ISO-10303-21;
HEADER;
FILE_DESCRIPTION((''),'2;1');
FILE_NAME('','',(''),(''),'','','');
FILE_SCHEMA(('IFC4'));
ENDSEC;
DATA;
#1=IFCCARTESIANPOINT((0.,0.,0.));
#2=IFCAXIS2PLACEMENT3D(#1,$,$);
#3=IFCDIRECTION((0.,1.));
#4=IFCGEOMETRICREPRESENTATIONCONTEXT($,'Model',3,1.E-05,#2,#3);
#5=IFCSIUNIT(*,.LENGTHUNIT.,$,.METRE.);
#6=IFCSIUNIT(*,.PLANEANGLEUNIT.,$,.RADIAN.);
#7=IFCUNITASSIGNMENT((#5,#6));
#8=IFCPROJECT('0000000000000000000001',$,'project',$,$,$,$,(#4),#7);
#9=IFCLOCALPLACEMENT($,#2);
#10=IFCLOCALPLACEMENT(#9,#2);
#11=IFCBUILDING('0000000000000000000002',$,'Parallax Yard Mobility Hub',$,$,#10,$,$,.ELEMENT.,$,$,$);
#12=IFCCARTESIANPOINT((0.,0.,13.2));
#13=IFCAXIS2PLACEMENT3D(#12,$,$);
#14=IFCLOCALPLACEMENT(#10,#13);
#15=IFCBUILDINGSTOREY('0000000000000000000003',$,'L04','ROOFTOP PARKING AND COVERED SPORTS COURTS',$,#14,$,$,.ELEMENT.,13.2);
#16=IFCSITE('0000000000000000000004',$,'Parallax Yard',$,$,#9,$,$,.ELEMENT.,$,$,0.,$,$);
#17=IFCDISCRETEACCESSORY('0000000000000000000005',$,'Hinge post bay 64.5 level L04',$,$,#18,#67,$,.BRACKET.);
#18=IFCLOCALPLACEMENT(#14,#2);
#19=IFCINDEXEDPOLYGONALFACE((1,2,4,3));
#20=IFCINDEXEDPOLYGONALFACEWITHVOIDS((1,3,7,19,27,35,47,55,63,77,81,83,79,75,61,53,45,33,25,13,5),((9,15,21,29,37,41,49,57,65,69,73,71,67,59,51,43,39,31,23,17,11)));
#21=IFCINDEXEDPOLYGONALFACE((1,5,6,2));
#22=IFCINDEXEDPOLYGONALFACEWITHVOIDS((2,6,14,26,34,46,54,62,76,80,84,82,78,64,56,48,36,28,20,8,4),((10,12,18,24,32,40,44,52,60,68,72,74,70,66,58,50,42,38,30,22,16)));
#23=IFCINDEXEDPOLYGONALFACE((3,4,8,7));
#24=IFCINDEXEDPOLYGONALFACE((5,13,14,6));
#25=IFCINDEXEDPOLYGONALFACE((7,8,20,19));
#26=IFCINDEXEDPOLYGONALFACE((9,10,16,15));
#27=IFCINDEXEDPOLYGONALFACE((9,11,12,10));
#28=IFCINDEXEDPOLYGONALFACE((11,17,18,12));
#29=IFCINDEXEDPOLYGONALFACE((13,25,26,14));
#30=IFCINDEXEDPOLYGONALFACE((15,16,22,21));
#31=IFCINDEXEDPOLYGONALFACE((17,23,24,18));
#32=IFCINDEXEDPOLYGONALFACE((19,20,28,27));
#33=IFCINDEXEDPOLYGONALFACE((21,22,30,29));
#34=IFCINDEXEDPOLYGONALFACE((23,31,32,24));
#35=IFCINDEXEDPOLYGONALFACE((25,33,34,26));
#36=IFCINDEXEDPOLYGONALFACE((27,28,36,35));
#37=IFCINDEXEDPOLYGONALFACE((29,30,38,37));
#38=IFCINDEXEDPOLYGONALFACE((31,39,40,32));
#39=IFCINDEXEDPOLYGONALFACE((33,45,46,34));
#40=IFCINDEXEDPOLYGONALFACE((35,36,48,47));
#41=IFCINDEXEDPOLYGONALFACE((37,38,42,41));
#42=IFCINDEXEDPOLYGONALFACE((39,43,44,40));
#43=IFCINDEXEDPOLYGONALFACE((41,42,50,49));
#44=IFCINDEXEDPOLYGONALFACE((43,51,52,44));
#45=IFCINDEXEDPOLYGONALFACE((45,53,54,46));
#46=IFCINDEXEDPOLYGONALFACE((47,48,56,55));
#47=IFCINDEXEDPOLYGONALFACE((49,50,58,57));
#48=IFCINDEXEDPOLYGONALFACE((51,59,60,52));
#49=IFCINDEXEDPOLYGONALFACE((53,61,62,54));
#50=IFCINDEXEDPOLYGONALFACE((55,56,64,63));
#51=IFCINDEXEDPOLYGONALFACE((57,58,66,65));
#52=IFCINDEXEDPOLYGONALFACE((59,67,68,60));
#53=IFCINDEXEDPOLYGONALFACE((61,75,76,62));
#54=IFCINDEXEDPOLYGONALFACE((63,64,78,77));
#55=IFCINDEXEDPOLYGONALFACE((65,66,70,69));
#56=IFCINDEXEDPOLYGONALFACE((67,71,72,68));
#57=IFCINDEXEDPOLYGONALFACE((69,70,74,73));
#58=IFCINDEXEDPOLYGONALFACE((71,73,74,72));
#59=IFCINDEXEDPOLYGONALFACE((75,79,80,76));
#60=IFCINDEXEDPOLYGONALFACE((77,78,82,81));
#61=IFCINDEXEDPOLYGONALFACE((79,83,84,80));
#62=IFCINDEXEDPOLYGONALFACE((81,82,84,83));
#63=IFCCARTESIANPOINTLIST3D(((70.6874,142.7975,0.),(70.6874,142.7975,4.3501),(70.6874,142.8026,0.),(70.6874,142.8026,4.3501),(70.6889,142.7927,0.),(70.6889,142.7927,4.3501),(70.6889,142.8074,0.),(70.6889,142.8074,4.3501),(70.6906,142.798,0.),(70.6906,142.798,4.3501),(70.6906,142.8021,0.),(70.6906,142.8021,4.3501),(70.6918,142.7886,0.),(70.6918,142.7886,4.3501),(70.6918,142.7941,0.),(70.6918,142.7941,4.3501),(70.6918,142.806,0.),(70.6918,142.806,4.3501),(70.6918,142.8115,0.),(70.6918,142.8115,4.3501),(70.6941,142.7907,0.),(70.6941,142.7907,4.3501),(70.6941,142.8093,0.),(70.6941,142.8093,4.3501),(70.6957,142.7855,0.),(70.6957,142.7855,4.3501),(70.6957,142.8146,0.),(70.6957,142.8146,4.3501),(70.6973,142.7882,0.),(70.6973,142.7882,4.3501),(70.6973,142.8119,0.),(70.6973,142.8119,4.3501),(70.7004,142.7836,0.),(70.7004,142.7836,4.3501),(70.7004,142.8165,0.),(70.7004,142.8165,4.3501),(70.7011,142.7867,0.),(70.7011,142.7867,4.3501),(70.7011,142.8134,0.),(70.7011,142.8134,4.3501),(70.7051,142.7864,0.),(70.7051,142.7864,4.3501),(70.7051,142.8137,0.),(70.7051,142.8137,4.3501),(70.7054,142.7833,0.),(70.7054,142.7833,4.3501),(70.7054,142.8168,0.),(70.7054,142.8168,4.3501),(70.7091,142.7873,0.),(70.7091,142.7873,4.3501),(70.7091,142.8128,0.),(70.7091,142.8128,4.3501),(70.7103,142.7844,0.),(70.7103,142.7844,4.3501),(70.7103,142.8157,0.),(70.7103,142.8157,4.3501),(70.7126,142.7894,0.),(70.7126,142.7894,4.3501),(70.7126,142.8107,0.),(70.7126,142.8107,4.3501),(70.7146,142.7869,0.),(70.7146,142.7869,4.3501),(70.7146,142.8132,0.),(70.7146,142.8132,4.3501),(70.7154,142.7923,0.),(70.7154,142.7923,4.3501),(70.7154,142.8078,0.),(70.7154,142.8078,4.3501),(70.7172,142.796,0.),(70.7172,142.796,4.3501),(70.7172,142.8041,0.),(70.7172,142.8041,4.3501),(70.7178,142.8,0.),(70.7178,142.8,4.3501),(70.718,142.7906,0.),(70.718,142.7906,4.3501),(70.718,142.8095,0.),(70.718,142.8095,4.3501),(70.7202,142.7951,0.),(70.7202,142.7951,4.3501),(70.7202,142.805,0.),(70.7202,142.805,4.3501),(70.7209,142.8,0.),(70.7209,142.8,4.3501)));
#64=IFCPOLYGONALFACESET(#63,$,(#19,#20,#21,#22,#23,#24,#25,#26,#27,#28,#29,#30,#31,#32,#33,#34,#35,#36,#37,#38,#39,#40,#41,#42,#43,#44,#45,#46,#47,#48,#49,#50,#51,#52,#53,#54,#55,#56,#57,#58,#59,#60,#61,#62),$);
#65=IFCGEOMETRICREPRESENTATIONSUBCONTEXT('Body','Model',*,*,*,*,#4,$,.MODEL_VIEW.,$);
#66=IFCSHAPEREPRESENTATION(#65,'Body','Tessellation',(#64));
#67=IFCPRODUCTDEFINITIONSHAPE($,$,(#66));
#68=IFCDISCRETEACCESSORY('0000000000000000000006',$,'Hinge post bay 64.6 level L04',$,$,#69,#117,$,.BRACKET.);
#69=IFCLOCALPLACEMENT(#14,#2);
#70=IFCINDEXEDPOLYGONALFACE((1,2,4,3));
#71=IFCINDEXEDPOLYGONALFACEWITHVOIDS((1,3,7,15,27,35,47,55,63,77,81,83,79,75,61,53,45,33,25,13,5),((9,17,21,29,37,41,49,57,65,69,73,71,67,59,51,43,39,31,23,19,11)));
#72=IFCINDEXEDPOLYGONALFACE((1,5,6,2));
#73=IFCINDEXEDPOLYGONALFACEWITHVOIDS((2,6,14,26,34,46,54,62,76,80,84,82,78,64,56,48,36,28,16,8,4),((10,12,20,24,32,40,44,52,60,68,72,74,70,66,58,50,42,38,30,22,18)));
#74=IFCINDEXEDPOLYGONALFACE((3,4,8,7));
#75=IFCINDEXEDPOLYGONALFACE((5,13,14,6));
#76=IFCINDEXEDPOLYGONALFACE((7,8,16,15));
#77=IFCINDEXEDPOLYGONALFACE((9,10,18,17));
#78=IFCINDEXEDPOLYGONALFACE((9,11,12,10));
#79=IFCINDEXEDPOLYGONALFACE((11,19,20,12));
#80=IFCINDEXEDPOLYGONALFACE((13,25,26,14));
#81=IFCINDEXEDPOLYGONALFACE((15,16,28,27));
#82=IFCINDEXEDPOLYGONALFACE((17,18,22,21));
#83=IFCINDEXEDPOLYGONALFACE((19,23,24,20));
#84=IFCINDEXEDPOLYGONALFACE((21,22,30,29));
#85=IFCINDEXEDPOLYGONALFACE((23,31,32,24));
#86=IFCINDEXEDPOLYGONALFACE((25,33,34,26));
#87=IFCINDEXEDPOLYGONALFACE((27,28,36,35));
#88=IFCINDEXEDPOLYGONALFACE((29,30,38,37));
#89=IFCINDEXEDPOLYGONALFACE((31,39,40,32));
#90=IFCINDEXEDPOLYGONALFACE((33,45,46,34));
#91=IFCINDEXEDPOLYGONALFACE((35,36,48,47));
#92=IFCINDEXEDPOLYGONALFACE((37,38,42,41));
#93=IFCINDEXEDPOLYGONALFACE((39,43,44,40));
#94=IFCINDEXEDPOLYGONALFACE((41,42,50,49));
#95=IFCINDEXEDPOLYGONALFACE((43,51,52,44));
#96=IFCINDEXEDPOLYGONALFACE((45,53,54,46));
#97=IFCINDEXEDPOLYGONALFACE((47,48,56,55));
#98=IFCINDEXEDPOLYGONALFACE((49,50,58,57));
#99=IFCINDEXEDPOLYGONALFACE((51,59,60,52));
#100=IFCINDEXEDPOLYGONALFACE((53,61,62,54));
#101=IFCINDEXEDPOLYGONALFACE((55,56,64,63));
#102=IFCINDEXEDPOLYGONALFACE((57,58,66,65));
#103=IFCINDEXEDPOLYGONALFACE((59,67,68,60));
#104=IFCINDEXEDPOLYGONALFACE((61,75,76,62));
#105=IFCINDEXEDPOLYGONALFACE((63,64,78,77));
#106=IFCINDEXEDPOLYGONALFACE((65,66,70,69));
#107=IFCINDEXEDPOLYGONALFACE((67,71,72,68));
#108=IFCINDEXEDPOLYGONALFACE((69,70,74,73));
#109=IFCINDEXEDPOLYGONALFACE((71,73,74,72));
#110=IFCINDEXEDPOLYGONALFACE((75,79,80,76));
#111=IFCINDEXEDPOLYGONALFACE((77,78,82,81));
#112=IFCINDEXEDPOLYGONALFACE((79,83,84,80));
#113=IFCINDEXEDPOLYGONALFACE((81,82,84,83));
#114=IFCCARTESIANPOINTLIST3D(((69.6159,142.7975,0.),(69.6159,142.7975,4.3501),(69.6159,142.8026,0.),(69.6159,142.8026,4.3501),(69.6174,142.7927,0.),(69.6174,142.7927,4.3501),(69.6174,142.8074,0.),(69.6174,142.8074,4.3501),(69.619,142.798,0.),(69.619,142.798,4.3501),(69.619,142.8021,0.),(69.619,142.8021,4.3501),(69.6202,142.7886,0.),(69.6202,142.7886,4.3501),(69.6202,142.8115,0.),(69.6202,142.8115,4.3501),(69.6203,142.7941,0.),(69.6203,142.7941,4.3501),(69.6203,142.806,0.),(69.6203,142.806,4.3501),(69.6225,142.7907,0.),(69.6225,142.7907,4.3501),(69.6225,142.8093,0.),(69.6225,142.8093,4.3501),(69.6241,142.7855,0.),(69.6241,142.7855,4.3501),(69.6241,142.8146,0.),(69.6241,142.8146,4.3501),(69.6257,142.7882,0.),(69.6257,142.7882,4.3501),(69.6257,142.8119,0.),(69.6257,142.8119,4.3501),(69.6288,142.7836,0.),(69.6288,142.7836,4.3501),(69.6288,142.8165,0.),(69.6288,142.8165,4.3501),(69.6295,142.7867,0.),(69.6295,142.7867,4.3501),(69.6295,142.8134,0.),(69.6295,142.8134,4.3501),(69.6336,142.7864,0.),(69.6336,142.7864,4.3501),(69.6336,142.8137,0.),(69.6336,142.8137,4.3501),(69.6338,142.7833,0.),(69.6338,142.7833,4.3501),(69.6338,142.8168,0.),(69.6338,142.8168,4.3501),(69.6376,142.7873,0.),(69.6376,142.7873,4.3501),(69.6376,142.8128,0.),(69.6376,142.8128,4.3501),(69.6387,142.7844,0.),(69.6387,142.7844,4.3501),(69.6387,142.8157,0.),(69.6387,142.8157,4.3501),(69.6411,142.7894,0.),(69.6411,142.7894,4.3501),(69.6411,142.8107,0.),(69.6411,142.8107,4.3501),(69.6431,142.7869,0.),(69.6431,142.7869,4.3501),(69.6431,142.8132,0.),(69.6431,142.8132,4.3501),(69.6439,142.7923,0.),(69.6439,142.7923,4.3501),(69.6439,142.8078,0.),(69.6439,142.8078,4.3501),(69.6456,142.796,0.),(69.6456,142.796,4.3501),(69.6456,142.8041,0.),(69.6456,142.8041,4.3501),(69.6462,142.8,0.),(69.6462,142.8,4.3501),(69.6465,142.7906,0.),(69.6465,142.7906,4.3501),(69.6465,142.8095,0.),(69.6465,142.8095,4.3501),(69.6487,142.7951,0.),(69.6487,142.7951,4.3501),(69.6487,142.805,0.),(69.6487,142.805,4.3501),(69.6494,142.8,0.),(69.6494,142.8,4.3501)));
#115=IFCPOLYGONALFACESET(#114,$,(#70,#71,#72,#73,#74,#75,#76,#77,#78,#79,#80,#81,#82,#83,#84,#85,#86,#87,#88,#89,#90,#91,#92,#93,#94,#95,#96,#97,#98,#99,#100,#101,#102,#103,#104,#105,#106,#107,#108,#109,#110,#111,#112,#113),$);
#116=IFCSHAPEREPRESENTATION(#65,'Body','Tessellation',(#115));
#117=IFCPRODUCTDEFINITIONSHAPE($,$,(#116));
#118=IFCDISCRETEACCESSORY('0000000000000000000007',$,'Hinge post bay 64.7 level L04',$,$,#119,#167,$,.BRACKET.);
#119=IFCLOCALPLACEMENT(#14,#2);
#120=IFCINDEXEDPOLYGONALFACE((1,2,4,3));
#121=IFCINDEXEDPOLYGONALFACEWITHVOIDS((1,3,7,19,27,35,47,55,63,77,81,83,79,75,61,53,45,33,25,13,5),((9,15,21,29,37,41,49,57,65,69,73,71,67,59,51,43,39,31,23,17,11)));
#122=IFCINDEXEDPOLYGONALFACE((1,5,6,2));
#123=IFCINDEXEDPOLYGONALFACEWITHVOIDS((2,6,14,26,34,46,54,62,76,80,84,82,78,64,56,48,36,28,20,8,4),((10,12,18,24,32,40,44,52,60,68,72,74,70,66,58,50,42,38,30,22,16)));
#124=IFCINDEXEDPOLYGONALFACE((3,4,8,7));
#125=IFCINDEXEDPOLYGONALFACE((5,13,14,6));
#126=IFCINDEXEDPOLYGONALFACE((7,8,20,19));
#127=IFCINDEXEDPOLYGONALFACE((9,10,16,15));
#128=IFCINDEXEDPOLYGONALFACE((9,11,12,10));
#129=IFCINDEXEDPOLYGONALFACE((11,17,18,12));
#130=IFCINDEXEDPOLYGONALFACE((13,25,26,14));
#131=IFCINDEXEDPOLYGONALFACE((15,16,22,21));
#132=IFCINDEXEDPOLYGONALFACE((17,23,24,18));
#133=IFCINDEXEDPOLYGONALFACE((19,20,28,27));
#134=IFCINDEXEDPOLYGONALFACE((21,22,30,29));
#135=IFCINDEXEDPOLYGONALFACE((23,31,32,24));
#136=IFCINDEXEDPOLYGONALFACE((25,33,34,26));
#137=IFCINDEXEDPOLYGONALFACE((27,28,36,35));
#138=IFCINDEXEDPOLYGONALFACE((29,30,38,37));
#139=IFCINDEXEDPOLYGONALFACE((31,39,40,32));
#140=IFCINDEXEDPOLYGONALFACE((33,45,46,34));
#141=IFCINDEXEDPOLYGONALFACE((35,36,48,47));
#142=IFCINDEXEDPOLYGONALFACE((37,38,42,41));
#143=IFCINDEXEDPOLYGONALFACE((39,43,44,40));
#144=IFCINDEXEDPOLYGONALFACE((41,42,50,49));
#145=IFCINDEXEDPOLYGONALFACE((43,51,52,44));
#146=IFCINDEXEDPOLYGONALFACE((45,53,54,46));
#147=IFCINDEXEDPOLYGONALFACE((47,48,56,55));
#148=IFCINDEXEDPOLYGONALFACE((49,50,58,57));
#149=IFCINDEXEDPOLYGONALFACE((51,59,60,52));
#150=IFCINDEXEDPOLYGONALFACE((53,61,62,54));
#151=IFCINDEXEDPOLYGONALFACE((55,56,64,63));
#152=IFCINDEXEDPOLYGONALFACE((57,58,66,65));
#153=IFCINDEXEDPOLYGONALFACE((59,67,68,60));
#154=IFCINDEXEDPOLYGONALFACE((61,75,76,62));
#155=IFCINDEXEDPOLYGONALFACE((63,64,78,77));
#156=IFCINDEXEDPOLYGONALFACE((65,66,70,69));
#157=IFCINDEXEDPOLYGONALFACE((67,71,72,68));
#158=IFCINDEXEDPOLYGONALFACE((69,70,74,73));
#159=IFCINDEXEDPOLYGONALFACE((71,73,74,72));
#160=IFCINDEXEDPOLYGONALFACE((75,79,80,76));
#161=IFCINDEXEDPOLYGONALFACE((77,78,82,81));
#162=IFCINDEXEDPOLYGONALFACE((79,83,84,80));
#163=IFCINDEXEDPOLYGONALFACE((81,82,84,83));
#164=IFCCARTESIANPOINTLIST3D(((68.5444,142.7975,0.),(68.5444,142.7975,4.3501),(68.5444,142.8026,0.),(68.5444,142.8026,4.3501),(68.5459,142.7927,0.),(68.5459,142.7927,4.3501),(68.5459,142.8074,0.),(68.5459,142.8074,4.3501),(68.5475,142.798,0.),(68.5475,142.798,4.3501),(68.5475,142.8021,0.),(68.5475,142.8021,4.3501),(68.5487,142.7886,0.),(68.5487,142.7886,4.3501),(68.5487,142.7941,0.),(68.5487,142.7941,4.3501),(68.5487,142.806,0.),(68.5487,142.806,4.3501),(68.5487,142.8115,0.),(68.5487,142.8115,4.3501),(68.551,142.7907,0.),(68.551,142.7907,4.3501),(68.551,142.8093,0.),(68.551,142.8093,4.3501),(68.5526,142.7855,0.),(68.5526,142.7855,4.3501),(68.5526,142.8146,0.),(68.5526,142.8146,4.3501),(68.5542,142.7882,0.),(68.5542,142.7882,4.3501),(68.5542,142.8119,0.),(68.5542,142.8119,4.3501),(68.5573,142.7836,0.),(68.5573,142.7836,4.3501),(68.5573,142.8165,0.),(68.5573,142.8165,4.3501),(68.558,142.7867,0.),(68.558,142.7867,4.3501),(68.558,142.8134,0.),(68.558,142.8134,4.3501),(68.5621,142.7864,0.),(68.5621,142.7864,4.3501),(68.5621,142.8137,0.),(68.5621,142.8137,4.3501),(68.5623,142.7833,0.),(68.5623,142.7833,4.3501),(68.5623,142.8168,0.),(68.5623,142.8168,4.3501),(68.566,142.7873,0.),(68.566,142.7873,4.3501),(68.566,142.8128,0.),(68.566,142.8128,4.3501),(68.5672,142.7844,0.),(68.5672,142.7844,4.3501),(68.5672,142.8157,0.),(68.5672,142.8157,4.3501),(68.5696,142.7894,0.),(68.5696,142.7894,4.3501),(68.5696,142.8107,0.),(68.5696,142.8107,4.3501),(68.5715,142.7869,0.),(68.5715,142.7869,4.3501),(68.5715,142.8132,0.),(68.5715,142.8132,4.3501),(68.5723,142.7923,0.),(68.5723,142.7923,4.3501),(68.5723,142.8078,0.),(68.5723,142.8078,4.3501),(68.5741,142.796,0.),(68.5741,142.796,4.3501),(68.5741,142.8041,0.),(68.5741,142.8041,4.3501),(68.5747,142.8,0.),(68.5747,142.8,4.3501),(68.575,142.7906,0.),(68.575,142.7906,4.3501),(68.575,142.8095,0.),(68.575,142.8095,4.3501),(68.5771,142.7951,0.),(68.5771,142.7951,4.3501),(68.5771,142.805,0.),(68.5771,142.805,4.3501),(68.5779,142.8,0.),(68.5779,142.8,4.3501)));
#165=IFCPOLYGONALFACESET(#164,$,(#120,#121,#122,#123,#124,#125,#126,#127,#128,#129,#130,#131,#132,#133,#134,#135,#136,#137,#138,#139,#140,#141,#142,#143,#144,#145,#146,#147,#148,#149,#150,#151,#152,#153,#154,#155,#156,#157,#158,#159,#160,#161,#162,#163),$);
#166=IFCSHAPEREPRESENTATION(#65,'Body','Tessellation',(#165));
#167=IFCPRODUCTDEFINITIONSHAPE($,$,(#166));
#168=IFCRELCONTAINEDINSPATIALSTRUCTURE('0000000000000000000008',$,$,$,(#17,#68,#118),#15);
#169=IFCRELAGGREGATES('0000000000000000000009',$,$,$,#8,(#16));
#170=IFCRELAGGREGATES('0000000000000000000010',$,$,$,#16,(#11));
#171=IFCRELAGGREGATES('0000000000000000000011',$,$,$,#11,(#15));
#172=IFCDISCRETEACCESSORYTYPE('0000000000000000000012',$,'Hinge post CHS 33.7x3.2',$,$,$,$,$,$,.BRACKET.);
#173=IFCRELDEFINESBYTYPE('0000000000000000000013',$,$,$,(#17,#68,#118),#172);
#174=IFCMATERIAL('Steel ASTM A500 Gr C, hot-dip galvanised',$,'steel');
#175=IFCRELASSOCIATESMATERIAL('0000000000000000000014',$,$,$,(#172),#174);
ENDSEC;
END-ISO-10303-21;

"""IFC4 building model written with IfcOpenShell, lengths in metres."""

from ifc_helpers import new_model, si_unit, direction, frame, origin, origin_2d, place, context, subcontext, project, spatial, hollow_circle, extrude, material, material_profile, profile_set, type_object, element, save


model = new_model("IFC4")

# Units and contexts
model_context = context("Model", 3, precision=1e-05, world=origin(), true_north=direction((0.0, 1.0)))
body_context = subcontext(model_context, "Body", "Model", "MODEL_VIEW")
ifc_project = project(units=[si_unit("LENGTHUNIT", "METRE"), si_unit("PLANEANGLEUNIT", "RADIAN")], contexts=[model_context])

# Site, building, storey
site_placement = place(None, origin())
site = spatial("IfcSite", under=ifc_project, at=site_placement, Name="Parallax Yard", CompositionType="ELEMENT", RefElevation=0.0)
building_placement = place(site_placement, origin())
building = spatial("IfcBuilding", under=site, at=building_placement, Name="Parallax Yard Mobility Hub", CompositionType="ELEMENT")
storey_placement = place(building_placement, frame((0.0, 0.0, 13.2)))
storey = spatial("IfcBuildingStorey", under=building, at=storey_placement, Name="L04", Description="ROOFTOP PARKING AND COVERED SPORTS COURTS", CompositionType="ELEMENT", Elevation=13.2)

# Discrete accessories
ifc_material_1 = material(Name="Steel ASTM A500 Gr C, hot-dip galvanised", Category="steel")
ifc_material_profile = material_profile(ifc_material_1, hollow_circle(Radius=0.0168, WallThickness=0.0032, at=origin_2d()), Name="CHS 33.7x3.2")
ifc_profile_set = profile_set([ifc_material_profile], Name="Steel ASTM A500 Gr C, hot-dip galvanised")
discrete_accessory_type = type_object("IfcDiscreteAccessoryType", Name="Hinge post CHS 33.7x3.2", PredefinedType="BRACKET", material=ifc_profile_set)
for number, where, z_axis, x_axis, name in (
    (1, (70.7041, 142.8, 0.0), (0.0, 0.0, 1.0), (1.0, 0.0, 0.0), "Hinge post bay 64.5 level L04"),
    (2, (69.6326, 142.8, 0.0), (0.0, 0.0, 1.0), (1.0, 0.0, 0.0), "Hinge post bay 64.6 level L04"),
    (3, (68.561, 142.8, 0.0), (0.0, 0.0, 1.0), (1.0, 0.0, 0.0), "Hinge post bay 64.7 level L04"),
):
    element("IfcDiscreteAccessory", number, at=place(storey_placement, frame(where, z_axis=z_axis, x_axis=x_axis)), inside=storey, type_object=discrete_accessory_type, Name=name, PredefinedType="BRACKET", context=body_context, shape_type="SweptSolid", body=[
        extrude(hollow_circle(Radius=0.0168, WallThickness=0.0032, at=origin_2d()), origin(), (0.0, 0.0, 1.0), 4.3501),
    ])

save(model, "model.ifc")
